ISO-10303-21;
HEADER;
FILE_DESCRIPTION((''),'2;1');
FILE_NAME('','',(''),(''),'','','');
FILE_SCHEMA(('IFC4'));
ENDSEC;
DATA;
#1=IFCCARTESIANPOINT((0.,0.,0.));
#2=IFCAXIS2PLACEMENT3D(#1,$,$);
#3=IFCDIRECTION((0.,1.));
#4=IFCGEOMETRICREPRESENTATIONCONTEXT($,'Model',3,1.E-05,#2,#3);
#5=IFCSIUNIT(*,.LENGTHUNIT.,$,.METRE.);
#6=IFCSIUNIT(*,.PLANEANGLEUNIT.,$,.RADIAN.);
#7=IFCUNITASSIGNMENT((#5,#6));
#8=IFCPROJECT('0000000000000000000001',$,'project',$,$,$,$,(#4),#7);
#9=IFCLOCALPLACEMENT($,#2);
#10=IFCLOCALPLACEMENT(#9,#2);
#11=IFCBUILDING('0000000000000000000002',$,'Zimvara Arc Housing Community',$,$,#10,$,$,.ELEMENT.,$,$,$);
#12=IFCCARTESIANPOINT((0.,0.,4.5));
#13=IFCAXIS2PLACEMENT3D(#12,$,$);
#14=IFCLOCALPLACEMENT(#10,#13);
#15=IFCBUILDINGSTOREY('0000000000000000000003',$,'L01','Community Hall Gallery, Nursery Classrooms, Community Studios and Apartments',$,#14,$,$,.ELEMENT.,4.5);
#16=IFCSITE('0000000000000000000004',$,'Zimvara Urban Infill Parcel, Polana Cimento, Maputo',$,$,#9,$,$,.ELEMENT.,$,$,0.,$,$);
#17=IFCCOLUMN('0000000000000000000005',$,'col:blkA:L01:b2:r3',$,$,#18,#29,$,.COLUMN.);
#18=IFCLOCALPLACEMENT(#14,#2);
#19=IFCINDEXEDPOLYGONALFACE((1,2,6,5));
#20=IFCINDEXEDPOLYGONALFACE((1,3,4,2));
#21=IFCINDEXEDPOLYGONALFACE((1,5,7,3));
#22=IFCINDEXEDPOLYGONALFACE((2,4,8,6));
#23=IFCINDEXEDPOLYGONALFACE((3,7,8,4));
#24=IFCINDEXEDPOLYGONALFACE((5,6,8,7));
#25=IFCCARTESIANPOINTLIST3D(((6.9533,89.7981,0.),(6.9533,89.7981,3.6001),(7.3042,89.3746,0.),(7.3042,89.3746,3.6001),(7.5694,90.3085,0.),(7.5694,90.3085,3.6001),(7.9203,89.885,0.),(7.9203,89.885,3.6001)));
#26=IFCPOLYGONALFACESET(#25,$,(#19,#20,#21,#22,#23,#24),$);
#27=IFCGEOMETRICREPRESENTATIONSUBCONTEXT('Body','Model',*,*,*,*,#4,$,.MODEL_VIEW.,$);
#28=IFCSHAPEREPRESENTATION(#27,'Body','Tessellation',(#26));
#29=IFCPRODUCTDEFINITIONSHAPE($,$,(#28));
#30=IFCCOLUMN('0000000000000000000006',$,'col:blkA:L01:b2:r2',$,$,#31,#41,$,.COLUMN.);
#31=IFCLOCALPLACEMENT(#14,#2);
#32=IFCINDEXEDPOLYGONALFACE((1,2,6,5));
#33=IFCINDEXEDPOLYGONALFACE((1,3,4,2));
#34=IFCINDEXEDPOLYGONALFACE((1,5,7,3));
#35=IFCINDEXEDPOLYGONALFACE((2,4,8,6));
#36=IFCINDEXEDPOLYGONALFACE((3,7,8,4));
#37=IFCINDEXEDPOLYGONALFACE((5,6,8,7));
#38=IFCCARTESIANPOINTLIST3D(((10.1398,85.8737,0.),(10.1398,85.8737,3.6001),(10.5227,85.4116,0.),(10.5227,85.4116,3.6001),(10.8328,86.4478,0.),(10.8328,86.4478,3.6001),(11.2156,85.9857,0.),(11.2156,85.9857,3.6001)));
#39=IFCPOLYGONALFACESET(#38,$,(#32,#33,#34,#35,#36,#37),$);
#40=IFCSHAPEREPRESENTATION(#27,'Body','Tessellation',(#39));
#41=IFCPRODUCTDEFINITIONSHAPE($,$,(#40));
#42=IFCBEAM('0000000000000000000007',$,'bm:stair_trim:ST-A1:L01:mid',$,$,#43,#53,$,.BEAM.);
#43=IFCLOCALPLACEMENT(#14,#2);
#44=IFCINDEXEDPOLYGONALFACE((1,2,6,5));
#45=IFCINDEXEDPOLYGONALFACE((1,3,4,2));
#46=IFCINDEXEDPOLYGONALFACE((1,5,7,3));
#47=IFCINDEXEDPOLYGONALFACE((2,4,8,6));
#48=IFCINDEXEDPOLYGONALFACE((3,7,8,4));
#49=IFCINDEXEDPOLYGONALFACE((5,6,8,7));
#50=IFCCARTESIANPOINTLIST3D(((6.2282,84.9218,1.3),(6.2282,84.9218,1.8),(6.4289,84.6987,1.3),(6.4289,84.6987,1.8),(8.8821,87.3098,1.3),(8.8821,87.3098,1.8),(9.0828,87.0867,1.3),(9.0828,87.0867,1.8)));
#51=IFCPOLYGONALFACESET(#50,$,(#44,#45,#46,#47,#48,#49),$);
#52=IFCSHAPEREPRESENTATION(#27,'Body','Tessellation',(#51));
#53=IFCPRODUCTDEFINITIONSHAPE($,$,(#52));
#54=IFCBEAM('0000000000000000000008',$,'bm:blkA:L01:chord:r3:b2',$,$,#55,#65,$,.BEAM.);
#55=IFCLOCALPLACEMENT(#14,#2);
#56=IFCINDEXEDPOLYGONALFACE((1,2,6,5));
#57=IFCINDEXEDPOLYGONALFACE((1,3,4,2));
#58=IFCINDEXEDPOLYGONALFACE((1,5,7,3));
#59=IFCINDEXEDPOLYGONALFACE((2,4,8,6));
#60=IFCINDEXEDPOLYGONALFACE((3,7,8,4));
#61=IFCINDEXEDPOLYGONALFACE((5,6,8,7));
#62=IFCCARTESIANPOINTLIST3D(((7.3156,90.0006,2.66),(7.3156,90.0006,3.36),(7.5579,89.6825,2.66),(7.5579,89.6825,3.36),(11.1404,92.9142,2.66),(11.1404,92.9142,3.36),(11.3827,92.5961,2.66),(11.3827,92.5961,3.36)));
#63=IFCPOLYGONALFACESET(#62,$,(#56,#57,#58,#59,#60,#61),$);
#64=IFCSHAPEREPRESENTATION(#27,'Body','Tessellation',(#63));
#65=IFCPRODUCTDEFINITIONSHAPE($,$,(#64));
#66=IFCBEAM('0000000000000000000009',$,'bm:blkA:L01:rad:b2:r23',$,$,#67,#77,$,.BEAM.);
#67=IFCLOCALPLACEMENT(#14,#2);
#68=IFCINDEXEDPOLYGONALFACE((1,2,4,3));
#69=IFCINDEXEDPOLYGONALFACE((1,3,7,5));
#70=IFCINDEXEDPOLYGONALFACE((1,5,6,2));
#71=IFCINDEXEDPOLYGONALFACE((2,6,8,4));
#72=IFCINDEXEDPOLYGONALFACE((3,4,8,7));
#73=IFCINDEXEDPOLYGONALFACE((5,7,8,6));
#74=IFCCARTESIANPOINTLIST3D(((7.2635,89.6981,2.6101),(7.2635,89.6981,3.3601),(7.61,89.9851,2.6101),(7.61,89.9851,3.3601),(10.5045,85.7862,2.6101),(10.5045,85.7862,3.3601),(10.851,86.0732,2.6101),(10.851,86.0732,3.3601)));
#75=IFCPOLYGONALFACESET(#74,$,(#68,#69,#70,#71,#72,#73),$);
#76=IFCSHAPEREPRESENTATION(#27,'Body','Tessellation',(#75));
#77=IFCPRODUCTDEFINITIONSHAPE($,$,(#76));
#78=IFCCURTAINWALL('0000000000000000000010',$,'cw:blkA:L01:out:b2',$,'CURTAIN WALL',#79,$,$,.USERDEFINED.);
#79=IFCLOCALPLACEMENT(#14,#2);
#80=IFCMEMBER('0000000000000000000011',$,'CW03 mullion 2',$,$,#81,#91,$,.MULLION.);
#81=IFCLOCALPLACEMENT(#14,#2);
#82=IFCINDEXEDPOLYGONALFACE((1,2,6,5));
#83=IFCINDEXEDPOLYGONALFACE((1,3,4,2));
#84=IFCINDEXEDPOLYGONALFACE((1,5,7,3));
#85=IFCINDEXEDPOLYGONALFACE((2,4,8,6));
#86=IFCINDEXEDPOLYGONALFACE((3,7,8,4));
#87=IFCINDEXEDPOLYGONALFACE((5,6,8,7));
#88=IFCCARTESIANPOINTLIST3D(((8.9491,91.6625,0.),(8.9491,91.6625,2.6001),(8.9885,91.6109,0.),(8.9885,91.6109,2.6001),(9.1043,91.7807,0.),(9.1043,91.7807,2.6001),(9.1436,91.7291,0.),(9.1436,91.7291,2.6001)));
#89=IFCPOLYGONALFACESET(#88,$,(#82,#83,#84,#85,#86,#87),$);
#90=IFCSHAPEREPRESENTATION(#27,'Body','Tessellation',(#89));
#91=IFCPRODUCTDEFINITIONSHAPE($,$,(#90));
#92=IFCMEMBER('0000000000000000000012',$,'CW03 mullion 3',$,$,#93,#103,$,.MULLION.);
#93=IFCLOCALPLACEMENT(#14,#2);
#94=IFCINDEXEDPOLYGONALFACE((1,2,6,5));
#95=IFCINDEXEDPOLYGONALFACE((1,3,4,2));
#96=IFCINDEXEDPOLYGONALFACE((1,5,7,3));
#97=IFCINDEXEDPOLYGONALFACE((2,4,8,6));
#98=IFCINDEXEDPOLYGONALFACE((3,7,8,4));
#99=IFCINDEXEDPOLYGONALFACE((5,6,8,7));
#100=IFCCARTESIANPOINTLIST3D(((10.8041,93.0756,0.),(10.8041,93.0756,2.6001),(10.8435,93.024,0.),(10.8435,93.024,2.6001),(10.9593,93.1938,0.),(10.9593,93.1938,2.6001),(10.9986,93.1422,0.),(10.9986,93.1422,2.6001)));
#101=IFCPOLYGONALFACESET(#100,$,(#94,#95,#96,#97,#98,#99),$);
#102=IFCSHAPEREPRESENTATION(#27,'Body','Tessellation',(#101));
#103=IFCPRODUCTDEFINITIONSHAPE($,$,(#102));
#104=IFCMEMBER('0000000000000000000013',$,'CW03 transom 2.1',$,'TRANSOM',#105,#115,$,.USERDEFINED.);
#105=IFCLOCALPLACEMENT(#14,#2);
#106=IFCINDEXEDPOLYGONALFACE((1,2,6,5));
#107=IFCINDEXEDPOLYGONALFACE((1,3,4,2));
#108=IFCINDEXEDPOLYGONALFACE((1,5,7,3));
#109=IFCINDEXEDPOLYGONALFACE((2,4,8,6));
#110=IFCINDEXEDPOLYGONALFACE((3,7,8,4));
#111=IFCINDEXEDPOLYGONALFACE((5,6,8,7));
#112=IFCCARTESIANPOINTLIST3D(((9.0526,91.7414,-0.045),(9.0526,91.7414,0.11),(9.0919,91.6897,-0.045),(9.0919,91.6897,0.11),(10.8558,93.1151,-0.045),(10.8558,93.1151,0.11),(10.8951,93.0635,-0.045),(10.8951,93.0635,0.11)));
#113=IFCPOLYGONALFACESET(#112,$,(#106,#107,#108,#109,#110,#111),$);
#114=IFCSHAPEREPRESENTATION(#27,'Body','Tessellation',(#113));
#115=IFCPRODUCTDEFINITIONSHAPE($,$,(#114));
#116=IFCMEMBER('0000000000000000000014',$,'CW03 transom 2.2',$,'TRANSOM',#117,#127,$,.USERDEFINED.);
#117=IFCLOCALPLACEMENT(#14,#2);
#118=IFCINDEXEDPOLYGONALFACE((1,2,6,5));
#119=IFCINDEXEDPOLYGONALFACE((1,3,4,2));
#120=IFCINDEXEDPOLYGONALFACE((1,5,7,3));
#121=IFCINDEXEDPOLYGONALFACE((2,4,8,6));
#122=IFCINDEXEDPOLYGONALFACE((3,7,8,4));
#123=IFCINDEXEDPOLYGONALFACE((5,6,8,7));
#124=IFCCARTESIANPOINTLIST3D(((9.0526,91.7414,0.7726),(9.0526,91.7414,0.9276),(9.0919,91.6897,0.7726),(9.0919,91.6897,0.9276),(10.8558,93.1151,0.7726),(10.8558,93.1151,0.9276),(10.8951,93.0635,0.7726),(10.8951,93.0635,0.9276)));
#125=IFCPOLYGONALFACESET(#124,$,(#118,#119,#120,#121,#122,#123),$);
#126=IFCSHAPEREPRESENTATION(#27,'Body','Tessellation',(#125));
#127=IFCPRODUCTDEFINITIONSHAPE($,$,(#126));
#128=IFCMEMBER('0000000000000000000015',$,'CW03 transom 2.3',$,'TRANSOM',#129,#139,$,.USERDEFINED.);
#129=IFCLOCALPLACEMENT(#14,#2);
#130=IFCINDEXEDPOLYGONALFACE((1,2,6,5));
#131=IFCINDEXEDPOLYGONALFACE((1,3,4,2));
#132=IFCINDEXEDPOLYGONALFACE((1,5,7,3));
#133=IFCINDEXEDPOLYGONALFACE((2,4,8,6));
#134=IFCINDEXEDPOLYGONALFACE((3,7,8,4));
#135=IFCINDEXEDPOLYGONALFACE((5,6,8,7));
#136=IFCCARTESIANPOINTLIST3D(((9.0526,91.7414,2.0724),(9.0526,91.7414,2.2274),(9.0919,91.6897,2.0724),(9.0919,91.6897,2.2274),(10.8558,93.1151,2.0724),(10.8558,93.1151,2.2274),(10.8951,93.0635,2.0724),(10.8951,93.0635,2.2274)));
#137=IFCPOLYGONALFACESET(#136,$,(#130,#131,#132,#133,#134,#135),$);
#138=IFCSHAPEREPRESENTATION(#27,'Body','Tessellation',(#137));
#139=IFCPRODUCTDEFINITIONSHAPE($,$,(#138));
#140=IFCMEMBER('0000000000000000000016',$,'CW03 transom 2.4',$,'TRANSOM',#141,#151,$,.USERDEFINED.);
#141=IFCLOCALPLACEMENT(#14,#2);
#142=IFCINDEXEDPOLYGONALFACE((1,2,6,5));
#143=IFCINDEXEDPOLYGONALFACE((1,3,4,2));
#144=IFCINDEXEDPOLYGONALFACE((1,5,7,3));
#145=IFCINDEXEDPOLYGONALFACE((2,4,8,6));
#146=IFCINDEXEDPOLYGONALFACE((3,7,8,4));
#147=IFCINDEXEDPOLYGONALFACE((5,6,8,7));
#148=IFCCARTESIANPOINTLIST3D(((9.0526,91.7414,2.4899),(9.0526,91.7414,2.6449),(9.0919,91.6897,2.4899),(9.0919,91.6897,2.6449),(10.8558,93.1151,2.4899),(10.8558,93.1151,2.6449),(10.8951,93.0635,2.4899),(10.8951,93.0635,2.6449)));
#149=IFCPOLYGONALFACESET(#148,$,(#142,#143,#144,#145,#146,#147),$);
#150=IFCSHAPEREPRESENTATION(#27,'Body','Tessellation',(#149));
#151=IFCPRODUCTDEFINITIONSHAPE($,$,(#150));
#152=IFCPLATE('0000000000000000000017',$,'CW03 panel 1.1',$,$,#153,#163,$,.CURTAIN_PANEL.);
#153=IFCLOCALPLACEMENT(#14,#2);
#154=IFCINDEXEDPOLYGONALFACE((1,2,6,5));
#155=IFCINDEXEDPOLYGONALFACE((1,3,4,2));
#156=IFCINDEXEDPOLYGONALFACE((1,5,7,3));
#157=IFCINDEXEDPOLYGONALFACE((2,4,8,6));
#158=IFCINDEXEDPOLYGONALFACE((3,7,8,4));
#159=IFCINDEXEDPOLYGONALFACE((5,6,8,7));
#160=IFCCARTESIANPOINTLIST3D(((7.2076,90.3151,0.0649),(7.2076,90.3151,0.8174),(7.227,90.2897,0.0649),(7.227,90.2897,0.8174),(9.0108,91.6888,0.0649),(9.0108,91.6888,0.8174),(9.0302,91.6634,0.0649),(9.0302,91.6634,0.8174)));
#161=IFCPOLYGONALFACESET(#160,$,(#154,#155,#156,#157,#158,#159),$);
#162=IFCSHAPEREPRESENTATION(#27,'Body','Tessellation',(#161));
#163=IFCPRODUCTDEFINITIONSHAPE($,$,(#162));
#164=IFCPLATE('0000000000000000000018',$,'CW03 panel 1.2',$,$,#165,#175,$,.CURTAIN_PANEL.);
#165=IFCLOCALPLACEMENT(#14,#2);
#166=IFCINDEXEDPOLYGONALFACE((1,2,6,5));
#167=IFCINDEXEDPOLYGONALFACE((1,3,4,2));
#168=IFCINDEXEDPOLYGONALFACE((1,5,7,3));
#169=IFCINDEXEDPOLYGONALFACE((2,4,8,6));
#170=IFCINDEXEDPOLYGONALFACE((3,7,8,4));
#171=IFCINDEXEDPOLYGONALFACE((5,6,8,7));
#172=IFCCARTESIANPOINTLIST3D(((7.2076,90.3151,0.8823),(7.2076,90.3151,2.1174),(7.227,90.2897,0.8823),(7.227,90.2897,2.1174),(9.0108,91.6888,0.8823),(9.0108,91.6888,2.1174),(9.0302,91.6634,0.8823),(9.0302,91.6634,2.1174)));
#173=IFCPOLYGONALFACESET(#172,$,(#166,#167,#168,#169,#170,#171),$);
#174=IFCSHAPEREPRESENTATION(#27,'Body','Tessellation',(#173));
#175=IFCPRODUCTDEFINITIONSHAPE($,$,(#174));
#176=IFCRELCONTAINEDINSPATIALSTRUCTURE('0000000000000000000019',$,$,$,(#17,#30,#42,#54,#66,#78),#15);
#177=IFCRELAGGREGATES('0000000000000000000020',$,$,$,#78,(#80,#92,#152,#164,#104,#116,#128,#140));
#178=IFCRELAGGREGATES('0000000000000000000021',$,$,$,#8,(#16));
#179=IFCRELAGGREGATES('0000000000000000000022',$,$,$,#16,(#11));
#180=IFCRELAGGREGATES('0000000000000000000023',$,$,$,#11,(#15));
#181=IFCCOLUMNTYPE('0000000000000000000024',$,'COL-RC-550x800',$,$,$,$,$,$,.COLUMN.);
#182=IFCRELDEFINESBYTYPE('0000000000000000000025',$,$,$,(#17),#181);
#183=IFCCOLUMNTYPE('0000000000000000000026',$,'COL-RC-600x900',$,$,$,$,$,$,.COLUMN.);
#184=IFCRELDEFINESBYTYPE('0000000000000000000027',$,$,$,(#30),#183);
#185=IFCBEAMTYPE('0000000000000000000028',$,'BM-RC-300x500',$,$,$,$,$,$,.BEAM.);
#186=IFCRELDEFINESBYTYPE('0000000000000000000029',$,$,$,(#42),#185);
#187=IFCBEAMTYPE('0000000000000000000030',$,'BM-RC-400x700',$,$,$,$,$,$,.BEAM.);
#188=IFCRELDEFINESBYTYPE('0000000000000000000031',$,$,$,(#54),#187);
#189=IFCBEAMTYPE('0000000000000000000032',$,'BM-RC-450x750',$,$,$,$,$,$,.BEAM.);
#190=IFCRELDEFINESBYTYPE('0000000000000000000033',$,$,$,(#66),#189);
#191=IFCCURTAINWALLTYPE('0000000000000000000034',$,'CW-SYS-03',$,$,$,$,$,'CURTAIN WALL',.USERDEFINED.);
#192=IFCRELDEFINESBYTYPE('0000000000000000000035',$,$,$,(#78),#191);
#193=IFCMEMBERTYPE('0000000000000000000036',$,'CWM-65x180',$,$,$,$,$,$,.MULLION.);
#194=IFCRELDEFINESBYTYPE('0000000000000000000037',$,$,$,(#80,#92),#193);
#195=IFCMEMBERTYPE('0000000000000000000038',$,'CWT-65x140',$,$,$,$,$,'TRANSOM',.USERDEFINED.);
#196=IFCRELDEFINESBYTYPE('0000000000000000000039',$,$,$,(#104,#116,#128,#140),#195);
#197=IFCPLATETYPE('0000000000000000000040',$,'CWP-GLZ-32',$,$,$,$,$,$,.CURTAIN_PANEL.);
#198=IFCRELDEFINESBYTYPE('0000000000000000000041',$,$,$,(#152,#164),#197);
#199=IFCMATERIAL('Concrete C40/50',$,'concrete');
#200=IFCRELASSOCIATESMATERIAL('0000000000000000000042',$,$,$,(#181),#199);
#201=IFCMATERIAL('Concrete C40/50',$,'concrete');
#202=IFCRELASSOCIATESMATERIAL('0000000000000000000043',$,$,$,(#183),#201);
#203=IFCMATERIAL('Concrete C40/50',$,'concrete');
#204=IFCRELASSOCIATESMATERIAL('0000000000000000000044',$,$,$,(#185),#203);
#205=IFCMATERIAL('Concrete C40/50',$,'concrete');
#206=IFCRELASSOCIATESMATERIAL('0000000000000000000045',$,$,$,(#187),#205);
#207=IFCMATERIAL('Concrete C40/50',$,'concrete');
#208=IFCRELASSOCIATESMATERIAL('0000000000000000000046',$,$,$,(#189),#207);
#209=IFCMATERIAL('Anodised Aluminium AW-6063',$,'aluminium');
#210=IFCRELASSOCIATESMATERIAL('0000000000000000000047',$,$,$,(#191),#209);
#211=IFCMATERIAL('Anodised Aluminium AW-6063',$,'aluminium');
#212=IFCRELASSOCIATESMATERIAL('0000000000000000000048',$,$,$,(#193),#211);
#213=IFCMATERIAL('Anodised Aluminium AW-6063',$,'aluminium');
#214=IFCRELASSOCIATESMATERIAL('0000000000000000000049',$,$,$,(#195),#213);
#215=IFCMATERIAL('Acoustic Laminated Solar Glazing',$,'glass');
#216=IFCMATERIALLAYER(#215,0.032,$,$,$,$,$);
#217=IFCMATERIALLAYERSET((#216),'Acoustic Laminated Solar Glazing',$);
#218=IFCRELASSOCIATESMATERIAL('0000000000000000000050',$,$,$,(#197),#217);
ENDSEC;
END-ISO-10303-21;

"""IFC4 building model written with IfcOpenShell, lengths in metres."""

from ifc_helpers import new_model, si_unit, direction, frame, origin, origin_2d, place, context, subcontext, project, spatial, rectangle, extrude, material, layer, layer_set, material_profile, profile_set, type_object, element, aggregate, save


model = new_model("IFC4")

# Units and contexts
model_context = context("Model", 3, precision=1e-05, world=origin(), true_north=direction((0.0, 1.0)))
body_context = subcontext(model_context, "Body", "Model", "MODEL_VIEW")
ifc_project = project(units=[si_unit("LENGTHUNIT", "METRE"), si_unit("PLANEANGLEUNIT", "RADIAN")], contexts=[model_context])

# Site, building, storey
site_placement = place(None, origin())
site = spatial("IfcSite", under=ifc_project, at=site_placement, Name="Zimvara Urban Infill Parcel, Polana Cimento, Maputo", CompositionType="ELEMENT", RefElevation=0.0)
building_placement = place(site_placement, origin())
building = spatial("IfcBuilding", under=site, at=building_placement, Name="Zimvara Arc Housing Community", CompositionType="ELEMENT")
storey_placement = place(building_placement, frame((0.0, 0.0, 4.5)))
storey = spatial("IfcBuildingStorey", under=building, at=storey_placement, Name="L01", Description="Community Hall Gallery, Nursery Classrooms, Community Studios and Apartments", CompositionType="ELEMENT", Elevation=4.5)

# Columns
ifc_material_1 = material(Name="Concrete C40/50", Category="concrete")
ifc_material_profile_1 = material_profile(ifc_material_1, rectangle(XDim=0.55, YDim=0.8, at=origin_2d()), Name="RC 550x800")
ifc_profile_set_1 = profile_set([ifc_material_profile_1], Name="Concrete C40/50")
column_type_1 = type_object("IfcColumnType", Name="COL-RC-550x800", PredefinedType="COLUMN", material=ifc_profile_set_1)
column_1_placement = place(storey_placement, frame((7.4368, 89.8416, 0.0), z_axis=(0.0, 0.0, 1.0), x_axis=(-0.637962, 0.770068, 0.0)))
element("IfcColumn", 1, at=column_1_placement, inside=storey, type_object=column_type_1, Name="col:blkA:L01:b2:r3", PredefinedType="COLUMN", context=body_context, shape_type="SweptSolid", body=[
    extrude(rectangle(XDim=0.55, YDim=0.8, at=origin_2d()), origin(), (0.0, 0.0, 1.0), 3.6001),
])
ifc_material_2 = material(Name="Concrete C40/50", Category="concrete")
ifc_material_profile_2 = material_profile(ifc_material_2, rectangle(XDim=0.6001, YDim=0.8999, at=origin_2d()), Name="RC 600x900")
ifc_profile_set_2 = profile_set([ifc_material_profile_2], Name="Concrete C40/50")
column_type_2 = type_object("IfcColumnType", Name="COL-RC-600x900", PredefinedType="COLUMN", material=ifc_profile_set_2)
column_2_placement = place(storey_placement, frame((10.6777, 85.9297, 0.0), z_axis=(0.0, 0.0, 1.0), x_axis=(-0.637962, 0.770068, 0.0)))
element("IfcColumn", 2, at=column_2_placement, inside=storey, type_object=column_type_2, Name="col:blkA:L01:b2:r2", PredefinedType="COLUMN", context=body_context, shape_type="SweptSolid", body=[
    extrude(rectangle(XDim=0.6001, YDim=0.8999, at=origin_2d()), origin(), (0.0, 0.0, 1.0), 3.6001),
])

# Beams
ifc_material_3 = material(Name="Concrete C40/50", Category="concrete")
ifc_material_profile_3 = material_profile(ifc_material_3, rectangle(XDim=0.3, YDim=0.5, at=origin_2d()), Name="RC 300x500")
ifc_profile_set_3 = profile_set([ifc_material_profile_3], Name="Concrete C40/50")
beam_type_1 = type_object("IfcBeamType", Name="BM-RC-300x500", PredefinedType="BEAM", material=ifc_profile_set_3)
beam_1_placement = place(storey_placement, frame((8.9824, 87.1982, 1.55), z_axis=(-0.743362, -0.668889, 0.0), x_axis=(0.668889, -0.743362, 0.0)))
element("IfcBeam", 3, at=beam_1_placement, inside=storey, type_object=beam_type_1, Name="bm:stair_trim:ST-A1:L01:mid", PredefinedType="BEAM", context=body_context, shape_type="SweptSolid", body=[
    extrude(rectangle(XDim=0.3, YDim=0.5, at=origin_2d()), origin(), (0.0, 0.0, 1.0), 3.5701),
])
ifc_material_4 = material(Name="Concrete C40/50", Category="concrete")
ifc_material_profile_4 = material_profile(ifc_material_4, rectangle(XDim=0.3999, YDim=0.7, at=origin_2d()), Name="RC 400x700")
ifc_profile_set_4 = profile_set([ifc_material_profile_4], Name="Concrete C40/50")
beam_type_2 = type_object("IfcBeamType", Name="BM-RC-400x700", PredefinedType="BEAM", material=ifc_profile_set_4)
beam_2_placement = place(storey_placement, frame((7.4368, 89.8416, 3.01), z_axis=(0.795481, 0.605979, 0.0), x_axis=(-0.605979, 0.795481, 0.0)))
element("IfcBeam", 4, at=beam_2_placement, inside=storey, type_object=beam_type_2, Name="bm:blkA:L01:chord:r3:b2", PredefinedType="BEAM", context=body_context, shape_type="SweptSolid", body=[
    extrude(rectangle(XDim=0.3999, YDim=0.7, at=origin_2d()), origin(), (0.0, 0.0, 1.0), 4.8081),
])
ifc_material_5 = material(Name="Concrete C40/50", Category="concrete")
ifc_material_profile_5 = material_profile(ifc_material_5, rectangle(XDim=0.45, YDim=0.75, at=origin_2d()), Name="RC 450x750")
ifc_profile_set_5 = profile_set([ifc_material_profile_5], Name="Concrete C40/50")
beam_type_3 = type_object("IfcBeamType", Name="BM-RC-450x750", PredefinedType="BEAM", material=ifc_profile_set_5)
beam_3_placement = place(storey_placement, frame((10.6777, 85.9297, 2.9851), z_axis=(-0.637984, 0.77005, 0.0), x_axis=(-0.77005, -0.637984, 0.0)))
element("IfcBeam", 5, at=beam_3_placement, inside=storey, type_object=beam_type_3, Name="bm:blkA:L01:rad:b2:r23", PredefinedType="BEAM", context=body_context, shape_type="SweptSolid", body=[
    extrude(rectangle(XDim=0.45, YDim=0.75, at=origin_2d()), origin(), (0.0, 0.0, 1.0), 5.0801),
])

# Curtain wall, members, plates
ifc_material_6 = material(Name="Anodised Aluminium AW-6063", Category="aluminium")
curtain_wall_type = type_object("IfcCurtainWallType", Name="CW-SYS-03", ElementType="CURTAIN WALL", PredefinedType="USERDEFINED", material=ifc_material_6)
curtain_wall_placement = place(storey_placement, origin())
curtain_wall = element("IfcCurtainWall", 6, at=curtain_wall_placement, inside=storey, type_object=curtain_wall_type, Name="cw:blkA:L01:out:b2", ObjectType="CURTAIN WALL", PredefinedType="USERDEFINED")
ifc_material_7 = material(Name="Anodised Aluminium AW-6063", Category="aluminium")
ifc_material_profile_6 = material_profile(ifc_material_7, rectangle(XDim=0.0649, YDim=0.1951, at=origin_2d()), Name="ALU 65x195")
ifc_profile_set_6 = profile_set([ifc_material_profile_6], Name="Anodised Aluminium AW-6063")
member_type_1 = type_object("IfcMemberType", Name="CWM-65x180", PredefinedType="MULLION", material=ifc_profile_set_6)
member_1_placement = place(storey_placement, frame((9.0464, 91.6958, 0.0), z_axis=(0.0, 0.0, 1.0), x_axis=(-0.605988, 0.795474, 0.0)))
member_1 = element("IfcMember", 7, at=member_1_placement, type_object=member_type_1, Name="CW03 mullion 2", PredefinedType="MULLION", context=body_context, shape_type="SweptSolid", body=[
    extrude(rectangle(XDim=0.0649, YDim=0.1951, at=origin_2d()), origin(), (0.0, 0.0, 1.0), 2.6001),
])
member_2_placement = place(storey_placement, frame((10.9014, 93.1089, 0.0), z_axis=(0.0, 0.0, 1.0), x_axis=(-0.605988, 0.795474, 0.0)))
member_2 = element("IfcMember", 8, at=member_2_placement, type_object=member_type_1, Name="CW03 mullion 3", PredefinedType="MULLION", context=body_context, shape_type="SweptSolid", body=[
    extrude(rectangle(XDim=0.0649, YDim=0.1951, at=origin_2d()), origin(), (0.0, 0.0, 1.0), 2.6001),
])
ifc_material_8 = material(Name="Anodised Aluminium AW-6063", Category="aluminium")
ifc_material_profile_7 = material_profile(ifc_material_8, rectangle(XDim=0.0649, YDim=0.155, at=origin_2d()), Name="ALU 65x155")
ifc_profile_set_7 = profile_set([ifc_material_profile_7], Name="Anodised Aluminium AW-6063")
member_type_2 = type_object("IfcMemberType", Name="CWT-65x140", ElementType="TRANSOM", PredefinedType="USERDEFINED", material=ifc_profile_set_7)
member_3_placement = place(storey_placement, frame((9.0723, 91.7156, 0.0325), z_axis=(0.795454, 0.606014, 0.0), x_axis=(-0.606014, 0.795454, 0.0)))
member_3 = element("IfcMember", 9, at=member_3_placement, type_object=member_type_2, Name="CW03 transom 2.1", ObjectType="TRANSOM", PredefinedType="USERDEFINED", context=body_context, shape_type="SweptSolid", body=[
    extrude(rectangle(XDim=0.0649, YDim=0.155, at=origin_2d()), origin(), (0.0, 0.0, 1.0), 2.2668),
])
member_4_placement = place(storey_placement, frame((9.0723, 91.7156, 0.8501), z_axis=(0.795454, 0.606014, 0.0), x_axis=(-0.606014, 0.795454, 0.0)))
member_4 = element("IfcMember", 10, at=member_4_placement, type_object=member_type_2, Name="CW03 transom 2.2", ObjectType="TRANSOM", PredefinedType="USERDEFINED", context=body_context, shape_type="SweptSolid", body=[
    extrude(rectangle(XDim=0.0649, YDim=0.155, at=origin_2d()), origin(), (0.0, 0.0, 1.0), 2.2668),
])
member_5_placement = place(storey_placement, frame((9.0723, 91.7156, 2.1499), z_axis=(0.795454, 0.606014, 0.0), x_axis=(-0.606014, 0.795454, 0.0)))
member_5 = element("IfcMember", 11, at=member_5_placement, type_object=member_type_2, Name="CW03 transom 2.3", ObjectType="TRANSOM", PredefinedType="USERDEFINED", context=body_context, shape_type="SweptSolid", body=[
    extrude(rectangle(XDim=0.0649, YDim=0.155, at=origin_2d()), origin(), (0.0, 0.0, 1.0), 2.2668),
])
member_6_placement = place(storey_placement, frame((9.0723, 91.7156, 2.5674), z_axis=(0.795454, 0.606014, 0.0), x_axis=(-0.606014, 0.795454, 0.0)))
member_6 = element("IfcMember", 12, at=member_6_placement, type_object=member_type_2, Name="CW03 transom 2.4", ObjectType="TRANSOM", PredefinedType="USERDEFINED", context=body_context, shape_type="SweptSolid", body=[
    extrude(rectangle(XDim=0.0649, YDim=0.155, at=origin_2d()), origin(), (0.0, 0.0, 1.0), 2.2668),
])
ifc_material_9 = material(Name="Acoustic Laminated Solar Glazing", Category="glass")
ifc_layer_1 = layer(ifc_material_9, 0.032)
ifc_layer_set_1 = layer_set([ifc_layer_1], Name="Acoustic Laminated Solar Glazing")
plate_type = type_object("IfcPlateType", Name="CWP-GLZ-32", PredefinedType="CURTAIN_PANEL", material=ifc_layer_set_1)
plate_1_placement = place(storey_placement, frame((8.1189, 90.9893, 0.0649), z_axis=(0.0, 0.0, 1.0), x_axis=(0.795474, 0.605988, 0.0)))
plate_1 = element("IfcPlate", 13, at=plate_1_placement, type_object=plate_type, Name="CW03 panel 1.1", PredefinedType="CURTAIN_PANEL", context=body_context, shape_type="SweptSolid", body=[
    extrude(rectangle(XDim=2.2668, YDim=0.032, at=origin_2d()), origin(), (0.0, 0.0, 1.0), 0.7524),
])
plate_2_placement = place(storey_placement, frame((8.1189, 90.9893, 0.8823), z_axis=(0.0, 0.0, 1.0), x_axis=(0.795474, 0.605988, 0.0)))
plate_2 = element("IfcPlate", 14, at=plate_2_placement, type_object=plate_type, Name="CW03 panel 1.2", PredefinedType="CURTAIN_PANEL", context=body_context, shape_type="SweptSolid", body=[
    extrude(rectangle(XDim=2.2668, YDim=0.032, at=origin_2d()), origin(), (0.0, 0.0, 1.0), 1.2351),
])
aggregate(curtain_wall, [member_1, member_2, plate_1, plate_2, member_3, member_4, member_5, member_6])

save(model, "model.ifc")
